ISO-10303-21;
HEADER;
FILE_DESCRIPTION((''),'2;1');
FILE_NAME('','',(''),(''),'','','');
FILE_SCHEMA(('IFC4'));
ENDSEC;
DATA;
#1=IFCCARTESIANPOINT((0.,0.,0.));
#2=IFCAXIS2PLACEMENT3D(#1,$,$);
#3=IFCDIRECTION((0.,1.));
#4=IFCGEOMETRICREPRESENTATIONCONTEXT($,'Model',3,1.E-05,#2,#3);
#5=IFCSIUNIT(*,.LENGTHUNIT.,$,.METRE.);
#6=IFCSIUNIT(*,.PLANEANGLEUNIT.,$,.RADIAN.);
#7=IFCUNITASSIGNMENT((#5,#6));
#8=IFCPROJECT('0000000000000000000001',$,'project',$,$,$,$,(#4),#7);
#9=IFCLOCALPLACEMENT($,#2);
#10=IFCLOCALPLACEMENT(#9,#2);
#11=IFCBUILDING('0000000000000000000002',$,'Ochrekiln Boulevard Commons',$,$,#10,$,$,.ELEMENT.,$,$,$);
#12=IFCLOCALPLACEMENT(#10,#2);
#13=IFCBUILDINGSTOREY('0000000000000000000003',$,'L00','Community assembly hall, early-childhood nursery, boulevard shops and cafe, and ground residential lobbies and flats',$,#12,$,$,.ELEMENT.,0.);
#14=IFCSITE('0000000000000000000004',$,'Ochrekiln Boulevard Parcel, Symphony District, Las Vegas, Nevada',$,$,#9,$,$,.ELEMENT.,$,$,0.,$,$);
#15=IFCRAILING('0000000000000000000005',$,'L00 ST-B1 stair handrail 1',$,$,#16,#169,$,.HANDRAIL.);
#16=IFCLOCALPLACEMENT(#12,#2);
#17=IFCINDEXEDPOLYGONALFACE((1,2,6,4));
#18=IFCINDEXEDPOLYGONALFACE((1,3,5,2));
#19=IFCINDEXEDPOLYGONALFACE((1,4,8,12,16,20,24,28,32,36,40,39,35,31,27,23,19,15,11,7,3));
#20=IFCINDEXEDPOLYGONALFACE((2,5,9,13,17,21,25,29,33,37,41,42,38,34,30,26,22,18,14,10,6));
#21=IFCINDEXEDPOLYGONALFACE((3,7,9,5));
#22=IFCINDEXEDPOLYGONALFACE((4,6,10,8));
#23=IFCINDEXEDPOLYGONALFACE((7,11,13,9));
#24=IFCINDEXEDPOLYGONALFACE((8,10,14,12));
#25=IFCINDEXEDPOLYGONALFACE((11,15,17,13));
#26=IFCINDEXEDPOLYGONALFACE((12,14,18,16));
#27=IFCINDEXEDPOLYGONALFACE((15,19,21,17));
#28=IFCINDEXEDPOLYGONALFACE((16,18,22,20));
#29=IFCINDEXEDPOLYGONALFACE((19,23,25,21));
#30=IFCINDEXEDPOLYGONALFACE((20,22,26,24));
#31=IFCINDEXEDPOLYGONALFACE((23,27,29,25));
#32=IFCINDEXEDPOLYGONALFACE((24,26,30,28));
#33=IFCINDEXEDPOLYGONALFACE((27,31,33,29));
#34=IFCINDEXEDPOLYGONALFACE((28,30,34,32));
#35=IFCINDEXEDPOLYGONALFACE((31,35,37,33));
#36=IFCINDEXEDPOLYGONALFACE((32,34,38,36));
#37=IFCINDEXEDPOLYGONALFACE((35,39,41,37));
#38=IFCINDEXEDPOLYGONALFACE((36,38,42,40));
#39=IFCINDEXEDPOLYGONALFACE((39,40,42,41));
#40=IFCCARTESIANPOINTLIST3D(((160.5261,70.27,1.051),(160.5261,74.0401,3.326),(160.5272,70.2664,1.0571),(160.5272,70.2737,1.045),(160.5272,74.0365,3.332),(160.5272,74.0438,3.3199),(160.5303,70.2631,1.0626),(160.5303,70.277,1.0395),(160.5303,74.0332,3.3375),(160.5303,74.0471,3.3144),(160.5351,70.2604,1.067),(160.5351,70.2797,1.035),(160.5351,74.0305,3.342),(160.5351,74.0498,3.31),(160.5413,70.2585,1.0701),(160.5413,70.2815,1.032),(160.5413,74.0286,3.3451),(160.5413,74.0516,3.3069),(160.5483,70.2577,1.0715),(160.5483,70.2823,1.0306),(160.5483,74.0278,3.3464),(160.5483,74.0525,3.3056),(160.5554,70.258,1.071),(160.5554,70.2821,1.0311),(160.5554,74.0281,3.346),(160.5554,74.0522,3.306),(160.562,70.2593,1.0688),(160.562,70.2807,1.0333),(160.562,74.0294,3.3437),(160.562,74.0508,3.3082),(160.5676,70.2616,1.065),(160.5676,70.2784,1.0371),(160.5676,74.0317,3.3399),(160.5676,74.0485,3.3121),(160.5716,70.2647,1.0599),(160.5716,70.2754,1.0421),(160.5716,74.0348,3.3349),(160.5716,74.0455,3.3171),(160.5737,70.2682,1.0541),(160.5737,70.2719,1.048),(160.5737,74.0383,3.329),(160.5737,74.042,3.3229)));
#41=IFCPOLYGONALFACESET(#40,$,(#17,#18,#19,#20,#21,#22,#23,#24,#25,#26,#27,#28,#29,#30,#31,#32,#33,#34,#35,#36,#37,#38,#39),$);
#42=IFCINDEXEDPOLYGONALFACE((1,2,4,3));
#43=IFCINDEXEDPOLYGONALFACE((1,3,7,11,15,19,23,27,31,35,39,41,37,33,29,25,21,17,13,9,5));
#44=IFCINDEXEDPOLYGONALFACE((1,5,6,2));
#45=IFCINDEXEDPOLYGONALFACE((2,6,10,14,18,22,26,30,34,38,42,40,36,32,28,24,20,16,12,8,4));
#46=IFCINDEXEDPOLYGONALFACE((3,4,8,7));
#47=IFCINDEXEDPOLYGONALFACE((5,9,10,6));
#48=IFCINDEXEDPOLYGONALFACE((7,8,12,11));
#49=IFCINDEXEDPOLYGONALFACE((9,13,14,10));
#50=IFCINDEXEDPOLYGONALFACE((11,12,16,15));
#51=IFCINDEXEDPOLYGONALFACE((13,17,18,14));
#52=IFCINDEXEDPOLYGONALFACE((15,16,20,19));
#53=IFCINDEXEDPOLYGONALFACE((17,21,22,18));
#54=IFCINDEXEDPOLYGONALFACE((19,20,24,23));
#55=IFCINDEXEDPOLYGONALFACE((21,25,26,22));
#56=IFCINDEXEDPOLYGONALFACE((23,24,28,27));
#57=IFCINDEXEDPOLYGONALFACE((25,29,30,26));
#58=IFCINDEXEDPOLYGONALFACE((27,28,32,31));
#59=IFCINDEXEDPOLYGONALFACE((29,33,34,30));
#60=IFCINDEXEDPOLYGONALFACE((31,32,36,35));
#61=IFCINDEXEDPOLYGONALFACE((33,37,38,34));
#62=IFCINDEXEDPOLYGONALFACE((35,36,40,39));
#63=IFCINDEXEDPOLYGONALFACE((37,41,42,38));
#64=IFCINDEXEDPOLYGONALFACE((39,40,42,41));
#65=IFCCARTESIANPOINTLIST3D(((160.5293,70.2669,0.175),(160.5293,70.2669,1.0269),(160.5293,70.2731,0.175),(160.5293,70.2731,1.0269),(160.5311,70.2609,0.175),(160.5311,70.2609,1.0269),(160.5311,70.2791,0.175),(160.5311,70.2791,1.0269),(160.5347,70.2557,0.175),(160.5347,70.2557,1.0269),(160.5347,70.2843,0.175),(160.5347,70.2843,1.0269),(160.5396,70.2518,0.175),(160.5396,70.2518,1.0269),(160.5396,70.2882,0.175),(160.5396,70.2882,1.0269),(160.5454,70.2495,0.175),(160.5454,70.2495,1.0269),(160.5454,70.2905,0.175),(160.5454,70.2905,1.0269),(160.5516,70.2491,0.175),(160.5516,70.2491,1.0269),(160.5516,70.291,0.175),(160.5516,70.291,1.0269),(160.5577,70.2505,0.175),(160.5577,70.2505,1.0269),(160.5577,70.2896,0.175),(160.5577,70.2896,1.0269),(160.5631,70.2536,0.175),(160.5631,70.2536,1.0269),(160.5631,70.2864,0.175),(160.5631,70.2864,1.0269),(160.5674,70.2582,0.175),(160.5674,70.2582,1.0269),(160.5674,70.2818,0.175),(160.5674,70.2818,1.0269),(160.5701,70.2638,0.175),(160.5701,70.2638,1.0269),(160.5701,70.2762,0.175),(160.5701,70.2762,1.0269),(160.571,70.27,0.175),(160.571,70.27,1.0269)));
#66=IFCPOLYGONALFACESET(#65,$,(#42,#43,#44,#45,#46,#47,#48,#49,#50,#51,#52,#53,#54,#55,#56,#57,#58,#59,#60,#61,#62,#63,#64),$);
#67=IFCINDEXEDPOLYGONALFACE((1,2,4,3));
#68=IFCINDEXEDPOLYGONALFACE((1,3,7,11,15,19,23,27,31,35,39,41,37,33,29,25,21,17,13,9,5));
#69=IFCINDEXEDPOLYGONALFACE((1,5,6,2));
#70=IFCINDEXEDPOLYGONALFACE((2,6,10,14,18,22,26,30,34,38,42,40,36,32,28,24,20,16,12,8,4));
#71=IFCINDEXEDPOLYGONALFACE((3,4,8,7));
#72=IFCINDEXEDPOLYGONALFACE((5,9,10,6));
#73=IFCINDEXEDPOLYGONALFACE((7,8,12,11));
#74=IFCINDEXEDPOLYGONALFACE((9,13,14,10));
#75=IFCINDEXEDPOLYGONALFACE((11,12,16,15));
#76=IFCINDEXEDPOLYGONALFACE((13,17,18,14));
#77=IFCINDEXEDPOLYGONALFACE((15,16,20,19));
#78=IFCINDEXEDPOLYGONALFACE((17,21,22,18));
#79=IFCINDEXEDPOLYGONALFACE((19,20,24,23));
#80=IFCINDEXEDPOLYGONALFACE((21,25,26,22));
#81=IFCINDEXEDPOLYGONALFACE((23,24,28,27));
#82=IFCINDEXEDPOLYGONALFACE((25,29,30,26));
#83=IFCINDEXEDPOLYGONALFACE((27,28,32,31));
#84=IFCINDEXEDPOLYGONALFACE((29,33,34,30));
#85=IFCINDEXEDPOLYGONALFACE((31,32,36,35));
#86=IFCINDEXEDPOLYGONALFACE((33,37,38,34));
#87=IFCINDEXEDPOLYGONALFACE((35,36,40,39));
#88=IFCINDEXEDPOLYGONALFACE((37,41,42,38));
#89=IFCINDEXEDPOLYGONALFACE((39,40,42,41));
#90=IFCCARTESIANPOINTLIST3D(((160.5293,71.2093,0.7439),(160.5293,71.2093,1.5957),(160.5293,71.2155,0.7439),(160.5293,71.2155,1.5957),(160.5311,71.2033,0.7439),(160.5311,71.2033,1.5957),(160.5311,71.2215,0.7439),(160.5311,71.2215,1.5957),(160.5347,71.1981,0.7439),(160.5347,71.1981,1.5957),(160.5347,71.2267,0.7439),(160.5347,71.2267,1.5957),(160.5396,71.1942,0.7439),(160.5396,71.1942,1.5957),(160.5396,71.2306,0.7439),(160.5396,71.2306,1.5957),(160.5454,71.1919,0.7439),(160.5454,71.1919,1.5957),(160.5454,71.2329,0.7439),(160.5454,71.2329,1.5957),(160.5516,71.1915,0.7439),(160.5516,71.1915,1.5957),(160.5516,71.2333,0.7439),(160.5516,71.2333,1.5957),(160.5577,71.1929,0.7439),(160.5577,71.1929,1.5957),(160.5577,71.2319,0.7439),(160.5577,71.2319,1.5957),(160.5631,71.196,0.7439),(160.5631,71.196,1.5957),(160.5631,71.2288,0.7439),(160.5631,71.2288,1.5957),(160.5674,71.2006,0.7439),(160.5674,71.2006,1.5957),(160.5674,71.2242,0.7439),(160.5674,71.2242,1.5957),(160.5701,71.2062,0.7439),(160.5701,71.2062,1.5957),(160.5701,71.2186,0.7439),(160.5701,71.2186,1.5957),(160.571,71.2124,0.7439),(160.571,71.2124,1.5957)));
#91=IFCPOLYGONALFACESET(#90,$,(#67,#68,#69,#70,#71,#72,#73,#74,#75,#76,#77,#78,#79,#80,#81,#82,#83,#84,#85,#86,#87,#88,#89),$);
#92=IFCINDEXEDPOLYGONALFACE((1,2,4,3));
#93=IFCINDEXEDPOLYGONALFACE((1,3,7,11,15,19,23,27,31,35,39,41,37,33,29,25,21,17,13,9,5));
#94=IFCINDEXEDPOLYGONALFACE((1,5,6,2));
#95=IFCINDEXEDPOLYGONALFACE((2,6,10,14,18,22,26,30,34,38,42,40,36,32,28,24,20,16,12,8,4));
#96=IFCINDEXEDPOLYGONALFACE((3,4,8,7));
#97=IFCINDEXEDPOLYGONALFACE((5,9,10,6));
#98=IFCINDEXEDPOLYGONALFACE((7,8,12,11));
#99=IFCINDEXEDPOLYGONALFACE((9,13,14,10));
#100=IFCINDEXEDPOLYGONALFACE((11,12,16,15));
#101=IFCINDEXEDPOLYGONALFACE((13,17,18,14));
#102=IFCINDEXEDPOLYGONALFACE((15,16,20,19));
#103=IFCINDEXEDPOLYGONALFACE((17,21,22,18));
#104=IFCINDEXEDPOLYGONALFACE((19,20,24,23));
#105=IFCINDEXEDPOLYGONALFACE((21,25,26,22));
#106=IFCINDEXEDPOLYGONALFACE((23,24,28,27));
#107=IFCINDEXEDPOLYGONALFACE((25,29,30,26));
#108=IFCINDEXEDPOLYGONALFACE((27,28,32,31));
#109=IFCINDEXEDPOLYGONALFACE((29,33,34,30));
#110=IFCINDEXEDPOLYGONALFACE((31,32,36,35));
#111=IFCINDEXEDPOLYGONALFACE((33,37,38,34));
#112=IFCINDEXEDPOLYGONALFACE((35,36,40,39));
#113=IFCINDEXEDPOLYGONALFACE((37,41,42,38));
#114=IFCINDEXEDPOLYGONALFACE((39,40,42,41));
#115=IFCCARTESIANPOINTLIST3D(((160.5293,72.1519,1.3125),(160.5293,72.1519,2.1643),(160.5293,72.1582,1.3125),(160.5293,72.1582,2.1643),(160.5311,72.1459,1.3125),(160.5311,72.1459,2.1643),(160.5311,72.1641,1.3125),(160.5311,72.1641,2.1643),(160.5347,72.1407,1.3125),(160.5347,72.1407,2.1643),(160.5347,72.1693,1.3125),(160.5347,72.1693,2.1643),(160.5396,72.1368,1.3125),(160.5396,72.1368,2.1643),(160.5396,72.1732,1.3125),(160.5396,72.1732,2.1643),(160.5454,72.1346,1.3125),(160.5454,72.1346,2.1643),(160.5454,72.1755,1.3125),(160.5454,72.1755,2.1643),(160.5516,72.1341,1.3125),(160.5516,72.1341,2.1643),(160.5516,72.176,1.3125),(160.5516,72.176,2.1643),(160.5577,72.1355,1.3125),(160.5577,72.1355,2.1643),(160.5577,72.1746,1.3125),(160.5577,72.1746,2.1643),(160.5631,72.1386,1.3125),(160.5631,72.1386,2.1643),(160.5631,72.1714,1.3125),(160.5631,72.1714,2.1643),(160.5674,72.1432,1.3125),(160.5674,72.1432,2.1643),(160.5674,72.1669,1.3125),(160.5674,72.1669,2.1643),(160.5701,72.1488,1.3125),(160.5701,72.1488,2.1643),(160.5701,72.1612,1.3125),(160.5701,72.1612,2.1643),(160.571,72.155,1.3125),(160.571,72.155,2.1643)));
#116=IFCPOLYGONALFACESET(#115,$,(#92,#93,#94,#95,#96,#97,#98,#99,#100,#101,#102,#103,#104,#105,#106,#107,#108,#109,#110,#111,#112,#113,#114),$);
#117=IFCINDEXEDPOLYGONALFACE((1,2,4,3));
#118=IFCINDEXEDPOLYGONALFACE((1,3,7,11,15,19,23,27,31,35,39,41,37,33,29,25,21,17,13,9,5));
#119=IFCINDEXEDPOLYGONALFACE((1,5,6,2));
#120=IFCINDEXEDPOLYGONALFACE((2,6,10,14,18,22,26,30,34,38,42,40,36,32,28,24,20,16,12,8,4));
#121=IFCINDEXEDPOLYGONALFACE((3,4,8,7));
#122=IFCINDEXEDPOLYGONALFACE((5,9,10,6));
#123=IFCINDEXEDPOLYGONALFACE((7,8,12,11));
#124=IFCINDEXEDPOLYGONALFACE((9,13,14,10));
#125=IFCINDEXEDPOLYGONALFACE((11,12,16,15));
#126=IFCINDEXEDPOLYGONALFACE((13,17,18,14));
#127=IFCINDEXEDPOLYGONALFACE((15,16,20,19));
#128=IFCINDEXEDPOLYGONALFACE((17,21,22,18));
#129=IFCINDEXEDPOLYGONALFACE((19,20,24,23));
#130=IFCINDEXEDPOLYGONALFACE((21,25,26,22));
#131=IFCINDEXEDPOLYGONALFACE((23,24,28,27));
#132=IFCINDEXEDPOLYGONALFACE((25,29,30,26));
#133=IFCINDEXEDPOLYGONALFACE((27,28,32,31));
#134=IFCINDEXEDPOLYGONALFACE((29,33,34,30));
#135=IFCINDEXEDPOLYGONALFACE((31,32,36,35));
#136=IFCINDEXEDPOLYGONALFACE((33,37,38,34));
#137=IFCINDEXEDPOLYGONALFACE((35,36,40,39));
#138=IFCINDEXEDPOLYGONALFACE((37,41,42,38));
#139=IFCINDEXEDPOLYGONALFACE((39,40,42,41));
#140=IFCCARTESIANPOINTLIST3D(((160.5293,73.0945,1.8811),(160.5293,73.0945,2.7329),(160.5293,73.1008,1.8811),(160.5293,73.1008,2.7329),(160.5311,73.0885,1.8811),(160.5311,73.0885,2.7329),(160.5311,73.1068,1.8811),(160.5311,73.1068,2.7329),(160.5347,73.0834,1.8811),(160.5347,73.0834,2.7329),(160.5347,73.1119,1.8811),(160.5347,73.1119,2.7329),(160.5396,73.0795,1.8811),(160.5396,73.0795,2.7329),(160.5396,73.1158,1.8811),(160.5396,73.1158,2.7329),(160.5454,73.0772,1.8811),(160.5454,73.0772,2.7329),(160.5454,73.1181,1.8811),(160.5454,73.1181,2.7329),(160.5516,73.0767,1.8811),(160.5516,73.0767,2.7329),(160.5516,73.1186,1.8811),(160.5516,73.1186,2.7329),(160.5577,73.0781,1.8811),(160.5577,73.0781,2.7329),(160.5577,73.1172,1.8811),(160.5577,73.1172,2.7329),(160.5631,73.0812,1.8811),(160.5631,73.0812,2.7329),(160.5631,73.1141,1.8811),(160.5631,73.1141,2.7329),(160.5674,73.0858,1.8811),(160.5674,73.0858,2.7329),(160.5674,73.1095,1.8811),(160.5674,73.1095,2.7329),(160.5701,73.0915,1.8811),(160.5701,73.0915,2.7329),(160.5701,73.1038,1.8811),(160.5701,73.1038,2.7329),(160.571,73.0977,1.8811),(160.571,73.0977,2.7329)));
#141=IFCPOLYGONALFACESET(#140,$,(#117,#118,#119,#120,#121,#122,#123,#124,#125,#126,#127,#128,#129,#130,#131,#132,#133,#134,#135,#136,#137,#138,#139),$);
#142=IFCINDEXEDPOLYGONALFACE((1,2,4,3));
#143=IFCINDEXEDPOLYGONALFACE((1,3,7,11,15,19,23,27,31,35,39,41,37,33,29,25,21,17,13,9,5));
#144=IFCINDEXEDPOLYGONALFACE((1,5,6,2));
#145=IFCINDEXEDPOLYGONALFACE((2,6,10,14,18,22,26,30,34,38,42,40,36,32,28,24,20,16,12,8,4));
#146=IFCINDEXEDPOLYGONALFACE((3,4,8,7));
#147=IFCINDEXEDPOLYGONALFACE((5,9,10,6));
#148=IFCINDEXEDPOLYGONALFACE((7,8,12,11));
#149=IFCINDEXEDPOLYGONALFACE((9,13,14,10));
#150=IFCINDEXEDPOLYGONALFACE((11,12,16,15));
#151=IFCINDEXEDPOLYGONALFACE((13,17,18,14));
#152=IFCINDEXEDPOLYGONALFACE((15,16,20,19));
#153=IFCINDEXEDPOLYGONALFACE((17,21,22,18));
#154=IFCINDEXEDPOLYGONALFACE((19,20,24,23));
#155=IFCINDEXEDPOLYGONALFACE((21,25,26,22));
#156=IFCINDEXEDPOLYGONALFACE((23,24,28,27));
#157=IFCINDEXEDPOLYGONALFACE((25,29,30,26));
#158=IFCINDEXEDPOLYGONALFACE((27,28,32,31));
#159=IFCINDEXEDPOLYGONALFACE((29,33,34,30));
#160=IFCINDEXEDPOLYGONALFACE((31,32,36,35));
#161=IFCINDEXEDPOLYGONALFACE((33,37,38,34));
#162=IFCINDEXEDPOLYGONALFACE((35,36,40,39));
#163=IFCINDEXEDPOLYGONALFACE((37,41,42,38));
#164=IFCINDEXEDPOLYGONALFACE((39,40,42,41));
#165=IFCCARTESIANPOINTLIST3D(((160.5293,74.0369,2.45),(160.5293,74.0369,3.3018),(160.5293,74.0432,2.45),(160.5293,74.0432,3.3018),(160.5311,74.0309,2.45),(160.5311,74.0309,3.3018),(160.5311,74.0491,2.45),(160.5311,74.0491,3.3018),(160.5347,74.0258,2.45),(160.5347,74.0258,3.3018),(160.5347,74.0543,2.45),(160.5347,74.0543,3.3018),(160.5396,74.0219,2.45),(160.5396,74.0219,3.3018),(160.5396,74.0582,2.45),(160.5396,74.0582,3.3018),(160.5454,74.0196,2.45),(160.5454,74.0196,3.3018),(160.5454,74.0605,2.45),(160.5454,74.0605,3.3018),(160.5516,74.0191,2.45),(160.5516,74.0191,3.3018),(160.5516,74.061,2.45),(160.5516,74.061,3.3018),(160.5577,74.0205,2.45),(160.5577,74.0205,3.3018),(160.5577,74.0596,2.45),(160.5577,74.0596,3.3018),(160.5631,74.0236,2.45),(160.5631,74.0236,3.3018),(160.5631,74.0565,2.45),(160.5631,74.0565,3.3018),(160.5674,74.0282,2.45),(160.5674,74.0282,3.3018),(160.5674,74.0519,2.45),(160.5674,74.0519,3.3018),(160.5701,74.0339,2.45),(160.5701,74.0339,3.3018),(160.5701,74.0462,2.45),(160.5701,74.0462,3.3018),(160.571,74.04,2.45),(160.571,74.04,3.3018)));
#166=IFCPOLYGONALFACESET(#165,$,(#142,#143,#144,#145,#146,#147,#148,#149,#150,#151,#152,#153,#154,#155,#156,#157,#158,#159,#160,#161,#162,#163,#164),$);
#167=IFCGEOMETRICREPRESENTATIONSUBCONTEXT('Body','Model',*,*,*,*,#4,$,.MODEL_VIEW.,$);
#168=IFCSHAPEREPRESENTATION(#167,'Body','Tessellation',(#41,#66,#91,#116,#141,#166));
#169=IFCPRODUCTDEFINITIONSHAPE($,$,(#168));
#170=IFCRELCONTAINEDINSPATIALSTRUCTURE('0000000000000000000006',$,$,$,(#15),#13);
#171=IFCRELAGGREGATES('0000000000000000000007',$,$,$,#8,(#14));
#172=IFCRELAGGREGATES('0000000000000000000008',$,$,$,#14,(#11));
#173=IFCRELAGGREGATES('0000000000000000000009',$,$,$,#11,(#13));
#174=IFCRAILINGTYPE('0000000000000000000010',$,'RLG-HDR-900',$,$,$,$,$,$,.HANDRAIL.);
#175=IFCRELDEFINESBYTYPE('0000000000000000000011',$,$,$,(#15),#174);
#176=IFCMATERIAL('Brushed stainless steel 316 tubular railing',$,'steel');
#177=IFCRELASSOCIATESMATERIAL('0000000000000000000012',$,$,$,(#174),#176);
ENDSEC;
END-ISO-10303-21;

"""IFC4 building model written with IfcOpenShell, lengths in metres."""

from ifc_helpers import new_model, si_unit, direction, frame, origin, origin_2d, place, context, subcontext, project, spatial, circle, extrude, material, type_object, element, save


model = new_model("IFC4")

# Units and contexts
model_context = context("Model", 3, precision=1e-05, world=origin(), true_north=direction((0.0, 1.0)))
body_context = subcontext(model_context, "Body", "Model", "MODEL_VIEW")
ifc_project = project(units=[si_unit("LENGTHUNIT", "METRE"), si_unit("PLANEANGLEUNIT", "RADIAN")], contexts=[model_context])

# Site, building, storey
site_placement = place(None, origin())
site = spatial("IfcSite", under=ifc_project, at=site_placement, Name="Ochrekiln Boulevard Parcel, Symphony District, Las Vegas, Nevada", CompositionType="ELEMENT", RefElevation=0.0)
building_placement = place(site_placement, origin())
building = spatial("IfcBuilding", under=site, at=building_placement, Name="Ochrekiln Boulevard Commons", CompositionType="ELEMENT")
storey_placement = place(building_placement, origin())
storey = spatial("IfcBuildingStorey", under=building, at=storey_placement, Name="L00", Description="Community assembly hall, early-childhood nursery, boulevard shops and cafe, and ground residential lobbies and flats", CompositionType="ELEMENT", Elevation=0.0)

# Railing
ifc_material_1 = material(Name="Brushed stainless steel 316 tubular railing", Category="steel")
railing_type_1 = type_object("IfcRailingType", Name="RLG-HDR-900", PredefinedType="HANDRAIL", material=ifc_material_1)
railing_1_placement = place(storey_placement, frame((160.55, 70.27, 0.175)))
element("IfcRailing", 1, at=railing_1_placement, inside=storey, type_object=railing_type_1, Name="L00 ST-B1 stair handrail 1", PredefinedType="HANDRAIL", context=body_context, shape_type="SweptSolid", body=[
    extrude(circle(Radius=0.0239, at=origin_2d()), frame((0.0, 0.0, 0.876), z_axis=(0.0, 0.856199, 0.516647), x_axis=(-1.0, 0.0, 0.0)), (0.0, 0.0, 1.0), 4.4033),
    extrude(circle(Radius=0.021, at=origin_2d()), origin(), (0.0, 0.0, 1.0), 0.8518),
    extrude(circle(Radius=0.021, at=origin_2d()), frame((0.0, 0.9424, 0.5688)), (0.0, 0.0, 1.0), 0.8518),
    extrude(circle(Radius=0.021, at=origin_2d()), frame((0.0, 1.885, 1.1375)), (0.0, 0.0, 1.0), 0.8518),
    extrude(circle(Radius=0.021, at=origin_2d()), frame((0.0, 2.8276, 1.7061)), (0.0, 0.0, 1.0), 0.8518),
    extrude(circle(Radius=0.021, at=origin_2d()), frame((0.0, 3.77, 2.2749)), (0.0, 0.0, 1.0), 0.8518),
])

save(model, "model.ifc")
